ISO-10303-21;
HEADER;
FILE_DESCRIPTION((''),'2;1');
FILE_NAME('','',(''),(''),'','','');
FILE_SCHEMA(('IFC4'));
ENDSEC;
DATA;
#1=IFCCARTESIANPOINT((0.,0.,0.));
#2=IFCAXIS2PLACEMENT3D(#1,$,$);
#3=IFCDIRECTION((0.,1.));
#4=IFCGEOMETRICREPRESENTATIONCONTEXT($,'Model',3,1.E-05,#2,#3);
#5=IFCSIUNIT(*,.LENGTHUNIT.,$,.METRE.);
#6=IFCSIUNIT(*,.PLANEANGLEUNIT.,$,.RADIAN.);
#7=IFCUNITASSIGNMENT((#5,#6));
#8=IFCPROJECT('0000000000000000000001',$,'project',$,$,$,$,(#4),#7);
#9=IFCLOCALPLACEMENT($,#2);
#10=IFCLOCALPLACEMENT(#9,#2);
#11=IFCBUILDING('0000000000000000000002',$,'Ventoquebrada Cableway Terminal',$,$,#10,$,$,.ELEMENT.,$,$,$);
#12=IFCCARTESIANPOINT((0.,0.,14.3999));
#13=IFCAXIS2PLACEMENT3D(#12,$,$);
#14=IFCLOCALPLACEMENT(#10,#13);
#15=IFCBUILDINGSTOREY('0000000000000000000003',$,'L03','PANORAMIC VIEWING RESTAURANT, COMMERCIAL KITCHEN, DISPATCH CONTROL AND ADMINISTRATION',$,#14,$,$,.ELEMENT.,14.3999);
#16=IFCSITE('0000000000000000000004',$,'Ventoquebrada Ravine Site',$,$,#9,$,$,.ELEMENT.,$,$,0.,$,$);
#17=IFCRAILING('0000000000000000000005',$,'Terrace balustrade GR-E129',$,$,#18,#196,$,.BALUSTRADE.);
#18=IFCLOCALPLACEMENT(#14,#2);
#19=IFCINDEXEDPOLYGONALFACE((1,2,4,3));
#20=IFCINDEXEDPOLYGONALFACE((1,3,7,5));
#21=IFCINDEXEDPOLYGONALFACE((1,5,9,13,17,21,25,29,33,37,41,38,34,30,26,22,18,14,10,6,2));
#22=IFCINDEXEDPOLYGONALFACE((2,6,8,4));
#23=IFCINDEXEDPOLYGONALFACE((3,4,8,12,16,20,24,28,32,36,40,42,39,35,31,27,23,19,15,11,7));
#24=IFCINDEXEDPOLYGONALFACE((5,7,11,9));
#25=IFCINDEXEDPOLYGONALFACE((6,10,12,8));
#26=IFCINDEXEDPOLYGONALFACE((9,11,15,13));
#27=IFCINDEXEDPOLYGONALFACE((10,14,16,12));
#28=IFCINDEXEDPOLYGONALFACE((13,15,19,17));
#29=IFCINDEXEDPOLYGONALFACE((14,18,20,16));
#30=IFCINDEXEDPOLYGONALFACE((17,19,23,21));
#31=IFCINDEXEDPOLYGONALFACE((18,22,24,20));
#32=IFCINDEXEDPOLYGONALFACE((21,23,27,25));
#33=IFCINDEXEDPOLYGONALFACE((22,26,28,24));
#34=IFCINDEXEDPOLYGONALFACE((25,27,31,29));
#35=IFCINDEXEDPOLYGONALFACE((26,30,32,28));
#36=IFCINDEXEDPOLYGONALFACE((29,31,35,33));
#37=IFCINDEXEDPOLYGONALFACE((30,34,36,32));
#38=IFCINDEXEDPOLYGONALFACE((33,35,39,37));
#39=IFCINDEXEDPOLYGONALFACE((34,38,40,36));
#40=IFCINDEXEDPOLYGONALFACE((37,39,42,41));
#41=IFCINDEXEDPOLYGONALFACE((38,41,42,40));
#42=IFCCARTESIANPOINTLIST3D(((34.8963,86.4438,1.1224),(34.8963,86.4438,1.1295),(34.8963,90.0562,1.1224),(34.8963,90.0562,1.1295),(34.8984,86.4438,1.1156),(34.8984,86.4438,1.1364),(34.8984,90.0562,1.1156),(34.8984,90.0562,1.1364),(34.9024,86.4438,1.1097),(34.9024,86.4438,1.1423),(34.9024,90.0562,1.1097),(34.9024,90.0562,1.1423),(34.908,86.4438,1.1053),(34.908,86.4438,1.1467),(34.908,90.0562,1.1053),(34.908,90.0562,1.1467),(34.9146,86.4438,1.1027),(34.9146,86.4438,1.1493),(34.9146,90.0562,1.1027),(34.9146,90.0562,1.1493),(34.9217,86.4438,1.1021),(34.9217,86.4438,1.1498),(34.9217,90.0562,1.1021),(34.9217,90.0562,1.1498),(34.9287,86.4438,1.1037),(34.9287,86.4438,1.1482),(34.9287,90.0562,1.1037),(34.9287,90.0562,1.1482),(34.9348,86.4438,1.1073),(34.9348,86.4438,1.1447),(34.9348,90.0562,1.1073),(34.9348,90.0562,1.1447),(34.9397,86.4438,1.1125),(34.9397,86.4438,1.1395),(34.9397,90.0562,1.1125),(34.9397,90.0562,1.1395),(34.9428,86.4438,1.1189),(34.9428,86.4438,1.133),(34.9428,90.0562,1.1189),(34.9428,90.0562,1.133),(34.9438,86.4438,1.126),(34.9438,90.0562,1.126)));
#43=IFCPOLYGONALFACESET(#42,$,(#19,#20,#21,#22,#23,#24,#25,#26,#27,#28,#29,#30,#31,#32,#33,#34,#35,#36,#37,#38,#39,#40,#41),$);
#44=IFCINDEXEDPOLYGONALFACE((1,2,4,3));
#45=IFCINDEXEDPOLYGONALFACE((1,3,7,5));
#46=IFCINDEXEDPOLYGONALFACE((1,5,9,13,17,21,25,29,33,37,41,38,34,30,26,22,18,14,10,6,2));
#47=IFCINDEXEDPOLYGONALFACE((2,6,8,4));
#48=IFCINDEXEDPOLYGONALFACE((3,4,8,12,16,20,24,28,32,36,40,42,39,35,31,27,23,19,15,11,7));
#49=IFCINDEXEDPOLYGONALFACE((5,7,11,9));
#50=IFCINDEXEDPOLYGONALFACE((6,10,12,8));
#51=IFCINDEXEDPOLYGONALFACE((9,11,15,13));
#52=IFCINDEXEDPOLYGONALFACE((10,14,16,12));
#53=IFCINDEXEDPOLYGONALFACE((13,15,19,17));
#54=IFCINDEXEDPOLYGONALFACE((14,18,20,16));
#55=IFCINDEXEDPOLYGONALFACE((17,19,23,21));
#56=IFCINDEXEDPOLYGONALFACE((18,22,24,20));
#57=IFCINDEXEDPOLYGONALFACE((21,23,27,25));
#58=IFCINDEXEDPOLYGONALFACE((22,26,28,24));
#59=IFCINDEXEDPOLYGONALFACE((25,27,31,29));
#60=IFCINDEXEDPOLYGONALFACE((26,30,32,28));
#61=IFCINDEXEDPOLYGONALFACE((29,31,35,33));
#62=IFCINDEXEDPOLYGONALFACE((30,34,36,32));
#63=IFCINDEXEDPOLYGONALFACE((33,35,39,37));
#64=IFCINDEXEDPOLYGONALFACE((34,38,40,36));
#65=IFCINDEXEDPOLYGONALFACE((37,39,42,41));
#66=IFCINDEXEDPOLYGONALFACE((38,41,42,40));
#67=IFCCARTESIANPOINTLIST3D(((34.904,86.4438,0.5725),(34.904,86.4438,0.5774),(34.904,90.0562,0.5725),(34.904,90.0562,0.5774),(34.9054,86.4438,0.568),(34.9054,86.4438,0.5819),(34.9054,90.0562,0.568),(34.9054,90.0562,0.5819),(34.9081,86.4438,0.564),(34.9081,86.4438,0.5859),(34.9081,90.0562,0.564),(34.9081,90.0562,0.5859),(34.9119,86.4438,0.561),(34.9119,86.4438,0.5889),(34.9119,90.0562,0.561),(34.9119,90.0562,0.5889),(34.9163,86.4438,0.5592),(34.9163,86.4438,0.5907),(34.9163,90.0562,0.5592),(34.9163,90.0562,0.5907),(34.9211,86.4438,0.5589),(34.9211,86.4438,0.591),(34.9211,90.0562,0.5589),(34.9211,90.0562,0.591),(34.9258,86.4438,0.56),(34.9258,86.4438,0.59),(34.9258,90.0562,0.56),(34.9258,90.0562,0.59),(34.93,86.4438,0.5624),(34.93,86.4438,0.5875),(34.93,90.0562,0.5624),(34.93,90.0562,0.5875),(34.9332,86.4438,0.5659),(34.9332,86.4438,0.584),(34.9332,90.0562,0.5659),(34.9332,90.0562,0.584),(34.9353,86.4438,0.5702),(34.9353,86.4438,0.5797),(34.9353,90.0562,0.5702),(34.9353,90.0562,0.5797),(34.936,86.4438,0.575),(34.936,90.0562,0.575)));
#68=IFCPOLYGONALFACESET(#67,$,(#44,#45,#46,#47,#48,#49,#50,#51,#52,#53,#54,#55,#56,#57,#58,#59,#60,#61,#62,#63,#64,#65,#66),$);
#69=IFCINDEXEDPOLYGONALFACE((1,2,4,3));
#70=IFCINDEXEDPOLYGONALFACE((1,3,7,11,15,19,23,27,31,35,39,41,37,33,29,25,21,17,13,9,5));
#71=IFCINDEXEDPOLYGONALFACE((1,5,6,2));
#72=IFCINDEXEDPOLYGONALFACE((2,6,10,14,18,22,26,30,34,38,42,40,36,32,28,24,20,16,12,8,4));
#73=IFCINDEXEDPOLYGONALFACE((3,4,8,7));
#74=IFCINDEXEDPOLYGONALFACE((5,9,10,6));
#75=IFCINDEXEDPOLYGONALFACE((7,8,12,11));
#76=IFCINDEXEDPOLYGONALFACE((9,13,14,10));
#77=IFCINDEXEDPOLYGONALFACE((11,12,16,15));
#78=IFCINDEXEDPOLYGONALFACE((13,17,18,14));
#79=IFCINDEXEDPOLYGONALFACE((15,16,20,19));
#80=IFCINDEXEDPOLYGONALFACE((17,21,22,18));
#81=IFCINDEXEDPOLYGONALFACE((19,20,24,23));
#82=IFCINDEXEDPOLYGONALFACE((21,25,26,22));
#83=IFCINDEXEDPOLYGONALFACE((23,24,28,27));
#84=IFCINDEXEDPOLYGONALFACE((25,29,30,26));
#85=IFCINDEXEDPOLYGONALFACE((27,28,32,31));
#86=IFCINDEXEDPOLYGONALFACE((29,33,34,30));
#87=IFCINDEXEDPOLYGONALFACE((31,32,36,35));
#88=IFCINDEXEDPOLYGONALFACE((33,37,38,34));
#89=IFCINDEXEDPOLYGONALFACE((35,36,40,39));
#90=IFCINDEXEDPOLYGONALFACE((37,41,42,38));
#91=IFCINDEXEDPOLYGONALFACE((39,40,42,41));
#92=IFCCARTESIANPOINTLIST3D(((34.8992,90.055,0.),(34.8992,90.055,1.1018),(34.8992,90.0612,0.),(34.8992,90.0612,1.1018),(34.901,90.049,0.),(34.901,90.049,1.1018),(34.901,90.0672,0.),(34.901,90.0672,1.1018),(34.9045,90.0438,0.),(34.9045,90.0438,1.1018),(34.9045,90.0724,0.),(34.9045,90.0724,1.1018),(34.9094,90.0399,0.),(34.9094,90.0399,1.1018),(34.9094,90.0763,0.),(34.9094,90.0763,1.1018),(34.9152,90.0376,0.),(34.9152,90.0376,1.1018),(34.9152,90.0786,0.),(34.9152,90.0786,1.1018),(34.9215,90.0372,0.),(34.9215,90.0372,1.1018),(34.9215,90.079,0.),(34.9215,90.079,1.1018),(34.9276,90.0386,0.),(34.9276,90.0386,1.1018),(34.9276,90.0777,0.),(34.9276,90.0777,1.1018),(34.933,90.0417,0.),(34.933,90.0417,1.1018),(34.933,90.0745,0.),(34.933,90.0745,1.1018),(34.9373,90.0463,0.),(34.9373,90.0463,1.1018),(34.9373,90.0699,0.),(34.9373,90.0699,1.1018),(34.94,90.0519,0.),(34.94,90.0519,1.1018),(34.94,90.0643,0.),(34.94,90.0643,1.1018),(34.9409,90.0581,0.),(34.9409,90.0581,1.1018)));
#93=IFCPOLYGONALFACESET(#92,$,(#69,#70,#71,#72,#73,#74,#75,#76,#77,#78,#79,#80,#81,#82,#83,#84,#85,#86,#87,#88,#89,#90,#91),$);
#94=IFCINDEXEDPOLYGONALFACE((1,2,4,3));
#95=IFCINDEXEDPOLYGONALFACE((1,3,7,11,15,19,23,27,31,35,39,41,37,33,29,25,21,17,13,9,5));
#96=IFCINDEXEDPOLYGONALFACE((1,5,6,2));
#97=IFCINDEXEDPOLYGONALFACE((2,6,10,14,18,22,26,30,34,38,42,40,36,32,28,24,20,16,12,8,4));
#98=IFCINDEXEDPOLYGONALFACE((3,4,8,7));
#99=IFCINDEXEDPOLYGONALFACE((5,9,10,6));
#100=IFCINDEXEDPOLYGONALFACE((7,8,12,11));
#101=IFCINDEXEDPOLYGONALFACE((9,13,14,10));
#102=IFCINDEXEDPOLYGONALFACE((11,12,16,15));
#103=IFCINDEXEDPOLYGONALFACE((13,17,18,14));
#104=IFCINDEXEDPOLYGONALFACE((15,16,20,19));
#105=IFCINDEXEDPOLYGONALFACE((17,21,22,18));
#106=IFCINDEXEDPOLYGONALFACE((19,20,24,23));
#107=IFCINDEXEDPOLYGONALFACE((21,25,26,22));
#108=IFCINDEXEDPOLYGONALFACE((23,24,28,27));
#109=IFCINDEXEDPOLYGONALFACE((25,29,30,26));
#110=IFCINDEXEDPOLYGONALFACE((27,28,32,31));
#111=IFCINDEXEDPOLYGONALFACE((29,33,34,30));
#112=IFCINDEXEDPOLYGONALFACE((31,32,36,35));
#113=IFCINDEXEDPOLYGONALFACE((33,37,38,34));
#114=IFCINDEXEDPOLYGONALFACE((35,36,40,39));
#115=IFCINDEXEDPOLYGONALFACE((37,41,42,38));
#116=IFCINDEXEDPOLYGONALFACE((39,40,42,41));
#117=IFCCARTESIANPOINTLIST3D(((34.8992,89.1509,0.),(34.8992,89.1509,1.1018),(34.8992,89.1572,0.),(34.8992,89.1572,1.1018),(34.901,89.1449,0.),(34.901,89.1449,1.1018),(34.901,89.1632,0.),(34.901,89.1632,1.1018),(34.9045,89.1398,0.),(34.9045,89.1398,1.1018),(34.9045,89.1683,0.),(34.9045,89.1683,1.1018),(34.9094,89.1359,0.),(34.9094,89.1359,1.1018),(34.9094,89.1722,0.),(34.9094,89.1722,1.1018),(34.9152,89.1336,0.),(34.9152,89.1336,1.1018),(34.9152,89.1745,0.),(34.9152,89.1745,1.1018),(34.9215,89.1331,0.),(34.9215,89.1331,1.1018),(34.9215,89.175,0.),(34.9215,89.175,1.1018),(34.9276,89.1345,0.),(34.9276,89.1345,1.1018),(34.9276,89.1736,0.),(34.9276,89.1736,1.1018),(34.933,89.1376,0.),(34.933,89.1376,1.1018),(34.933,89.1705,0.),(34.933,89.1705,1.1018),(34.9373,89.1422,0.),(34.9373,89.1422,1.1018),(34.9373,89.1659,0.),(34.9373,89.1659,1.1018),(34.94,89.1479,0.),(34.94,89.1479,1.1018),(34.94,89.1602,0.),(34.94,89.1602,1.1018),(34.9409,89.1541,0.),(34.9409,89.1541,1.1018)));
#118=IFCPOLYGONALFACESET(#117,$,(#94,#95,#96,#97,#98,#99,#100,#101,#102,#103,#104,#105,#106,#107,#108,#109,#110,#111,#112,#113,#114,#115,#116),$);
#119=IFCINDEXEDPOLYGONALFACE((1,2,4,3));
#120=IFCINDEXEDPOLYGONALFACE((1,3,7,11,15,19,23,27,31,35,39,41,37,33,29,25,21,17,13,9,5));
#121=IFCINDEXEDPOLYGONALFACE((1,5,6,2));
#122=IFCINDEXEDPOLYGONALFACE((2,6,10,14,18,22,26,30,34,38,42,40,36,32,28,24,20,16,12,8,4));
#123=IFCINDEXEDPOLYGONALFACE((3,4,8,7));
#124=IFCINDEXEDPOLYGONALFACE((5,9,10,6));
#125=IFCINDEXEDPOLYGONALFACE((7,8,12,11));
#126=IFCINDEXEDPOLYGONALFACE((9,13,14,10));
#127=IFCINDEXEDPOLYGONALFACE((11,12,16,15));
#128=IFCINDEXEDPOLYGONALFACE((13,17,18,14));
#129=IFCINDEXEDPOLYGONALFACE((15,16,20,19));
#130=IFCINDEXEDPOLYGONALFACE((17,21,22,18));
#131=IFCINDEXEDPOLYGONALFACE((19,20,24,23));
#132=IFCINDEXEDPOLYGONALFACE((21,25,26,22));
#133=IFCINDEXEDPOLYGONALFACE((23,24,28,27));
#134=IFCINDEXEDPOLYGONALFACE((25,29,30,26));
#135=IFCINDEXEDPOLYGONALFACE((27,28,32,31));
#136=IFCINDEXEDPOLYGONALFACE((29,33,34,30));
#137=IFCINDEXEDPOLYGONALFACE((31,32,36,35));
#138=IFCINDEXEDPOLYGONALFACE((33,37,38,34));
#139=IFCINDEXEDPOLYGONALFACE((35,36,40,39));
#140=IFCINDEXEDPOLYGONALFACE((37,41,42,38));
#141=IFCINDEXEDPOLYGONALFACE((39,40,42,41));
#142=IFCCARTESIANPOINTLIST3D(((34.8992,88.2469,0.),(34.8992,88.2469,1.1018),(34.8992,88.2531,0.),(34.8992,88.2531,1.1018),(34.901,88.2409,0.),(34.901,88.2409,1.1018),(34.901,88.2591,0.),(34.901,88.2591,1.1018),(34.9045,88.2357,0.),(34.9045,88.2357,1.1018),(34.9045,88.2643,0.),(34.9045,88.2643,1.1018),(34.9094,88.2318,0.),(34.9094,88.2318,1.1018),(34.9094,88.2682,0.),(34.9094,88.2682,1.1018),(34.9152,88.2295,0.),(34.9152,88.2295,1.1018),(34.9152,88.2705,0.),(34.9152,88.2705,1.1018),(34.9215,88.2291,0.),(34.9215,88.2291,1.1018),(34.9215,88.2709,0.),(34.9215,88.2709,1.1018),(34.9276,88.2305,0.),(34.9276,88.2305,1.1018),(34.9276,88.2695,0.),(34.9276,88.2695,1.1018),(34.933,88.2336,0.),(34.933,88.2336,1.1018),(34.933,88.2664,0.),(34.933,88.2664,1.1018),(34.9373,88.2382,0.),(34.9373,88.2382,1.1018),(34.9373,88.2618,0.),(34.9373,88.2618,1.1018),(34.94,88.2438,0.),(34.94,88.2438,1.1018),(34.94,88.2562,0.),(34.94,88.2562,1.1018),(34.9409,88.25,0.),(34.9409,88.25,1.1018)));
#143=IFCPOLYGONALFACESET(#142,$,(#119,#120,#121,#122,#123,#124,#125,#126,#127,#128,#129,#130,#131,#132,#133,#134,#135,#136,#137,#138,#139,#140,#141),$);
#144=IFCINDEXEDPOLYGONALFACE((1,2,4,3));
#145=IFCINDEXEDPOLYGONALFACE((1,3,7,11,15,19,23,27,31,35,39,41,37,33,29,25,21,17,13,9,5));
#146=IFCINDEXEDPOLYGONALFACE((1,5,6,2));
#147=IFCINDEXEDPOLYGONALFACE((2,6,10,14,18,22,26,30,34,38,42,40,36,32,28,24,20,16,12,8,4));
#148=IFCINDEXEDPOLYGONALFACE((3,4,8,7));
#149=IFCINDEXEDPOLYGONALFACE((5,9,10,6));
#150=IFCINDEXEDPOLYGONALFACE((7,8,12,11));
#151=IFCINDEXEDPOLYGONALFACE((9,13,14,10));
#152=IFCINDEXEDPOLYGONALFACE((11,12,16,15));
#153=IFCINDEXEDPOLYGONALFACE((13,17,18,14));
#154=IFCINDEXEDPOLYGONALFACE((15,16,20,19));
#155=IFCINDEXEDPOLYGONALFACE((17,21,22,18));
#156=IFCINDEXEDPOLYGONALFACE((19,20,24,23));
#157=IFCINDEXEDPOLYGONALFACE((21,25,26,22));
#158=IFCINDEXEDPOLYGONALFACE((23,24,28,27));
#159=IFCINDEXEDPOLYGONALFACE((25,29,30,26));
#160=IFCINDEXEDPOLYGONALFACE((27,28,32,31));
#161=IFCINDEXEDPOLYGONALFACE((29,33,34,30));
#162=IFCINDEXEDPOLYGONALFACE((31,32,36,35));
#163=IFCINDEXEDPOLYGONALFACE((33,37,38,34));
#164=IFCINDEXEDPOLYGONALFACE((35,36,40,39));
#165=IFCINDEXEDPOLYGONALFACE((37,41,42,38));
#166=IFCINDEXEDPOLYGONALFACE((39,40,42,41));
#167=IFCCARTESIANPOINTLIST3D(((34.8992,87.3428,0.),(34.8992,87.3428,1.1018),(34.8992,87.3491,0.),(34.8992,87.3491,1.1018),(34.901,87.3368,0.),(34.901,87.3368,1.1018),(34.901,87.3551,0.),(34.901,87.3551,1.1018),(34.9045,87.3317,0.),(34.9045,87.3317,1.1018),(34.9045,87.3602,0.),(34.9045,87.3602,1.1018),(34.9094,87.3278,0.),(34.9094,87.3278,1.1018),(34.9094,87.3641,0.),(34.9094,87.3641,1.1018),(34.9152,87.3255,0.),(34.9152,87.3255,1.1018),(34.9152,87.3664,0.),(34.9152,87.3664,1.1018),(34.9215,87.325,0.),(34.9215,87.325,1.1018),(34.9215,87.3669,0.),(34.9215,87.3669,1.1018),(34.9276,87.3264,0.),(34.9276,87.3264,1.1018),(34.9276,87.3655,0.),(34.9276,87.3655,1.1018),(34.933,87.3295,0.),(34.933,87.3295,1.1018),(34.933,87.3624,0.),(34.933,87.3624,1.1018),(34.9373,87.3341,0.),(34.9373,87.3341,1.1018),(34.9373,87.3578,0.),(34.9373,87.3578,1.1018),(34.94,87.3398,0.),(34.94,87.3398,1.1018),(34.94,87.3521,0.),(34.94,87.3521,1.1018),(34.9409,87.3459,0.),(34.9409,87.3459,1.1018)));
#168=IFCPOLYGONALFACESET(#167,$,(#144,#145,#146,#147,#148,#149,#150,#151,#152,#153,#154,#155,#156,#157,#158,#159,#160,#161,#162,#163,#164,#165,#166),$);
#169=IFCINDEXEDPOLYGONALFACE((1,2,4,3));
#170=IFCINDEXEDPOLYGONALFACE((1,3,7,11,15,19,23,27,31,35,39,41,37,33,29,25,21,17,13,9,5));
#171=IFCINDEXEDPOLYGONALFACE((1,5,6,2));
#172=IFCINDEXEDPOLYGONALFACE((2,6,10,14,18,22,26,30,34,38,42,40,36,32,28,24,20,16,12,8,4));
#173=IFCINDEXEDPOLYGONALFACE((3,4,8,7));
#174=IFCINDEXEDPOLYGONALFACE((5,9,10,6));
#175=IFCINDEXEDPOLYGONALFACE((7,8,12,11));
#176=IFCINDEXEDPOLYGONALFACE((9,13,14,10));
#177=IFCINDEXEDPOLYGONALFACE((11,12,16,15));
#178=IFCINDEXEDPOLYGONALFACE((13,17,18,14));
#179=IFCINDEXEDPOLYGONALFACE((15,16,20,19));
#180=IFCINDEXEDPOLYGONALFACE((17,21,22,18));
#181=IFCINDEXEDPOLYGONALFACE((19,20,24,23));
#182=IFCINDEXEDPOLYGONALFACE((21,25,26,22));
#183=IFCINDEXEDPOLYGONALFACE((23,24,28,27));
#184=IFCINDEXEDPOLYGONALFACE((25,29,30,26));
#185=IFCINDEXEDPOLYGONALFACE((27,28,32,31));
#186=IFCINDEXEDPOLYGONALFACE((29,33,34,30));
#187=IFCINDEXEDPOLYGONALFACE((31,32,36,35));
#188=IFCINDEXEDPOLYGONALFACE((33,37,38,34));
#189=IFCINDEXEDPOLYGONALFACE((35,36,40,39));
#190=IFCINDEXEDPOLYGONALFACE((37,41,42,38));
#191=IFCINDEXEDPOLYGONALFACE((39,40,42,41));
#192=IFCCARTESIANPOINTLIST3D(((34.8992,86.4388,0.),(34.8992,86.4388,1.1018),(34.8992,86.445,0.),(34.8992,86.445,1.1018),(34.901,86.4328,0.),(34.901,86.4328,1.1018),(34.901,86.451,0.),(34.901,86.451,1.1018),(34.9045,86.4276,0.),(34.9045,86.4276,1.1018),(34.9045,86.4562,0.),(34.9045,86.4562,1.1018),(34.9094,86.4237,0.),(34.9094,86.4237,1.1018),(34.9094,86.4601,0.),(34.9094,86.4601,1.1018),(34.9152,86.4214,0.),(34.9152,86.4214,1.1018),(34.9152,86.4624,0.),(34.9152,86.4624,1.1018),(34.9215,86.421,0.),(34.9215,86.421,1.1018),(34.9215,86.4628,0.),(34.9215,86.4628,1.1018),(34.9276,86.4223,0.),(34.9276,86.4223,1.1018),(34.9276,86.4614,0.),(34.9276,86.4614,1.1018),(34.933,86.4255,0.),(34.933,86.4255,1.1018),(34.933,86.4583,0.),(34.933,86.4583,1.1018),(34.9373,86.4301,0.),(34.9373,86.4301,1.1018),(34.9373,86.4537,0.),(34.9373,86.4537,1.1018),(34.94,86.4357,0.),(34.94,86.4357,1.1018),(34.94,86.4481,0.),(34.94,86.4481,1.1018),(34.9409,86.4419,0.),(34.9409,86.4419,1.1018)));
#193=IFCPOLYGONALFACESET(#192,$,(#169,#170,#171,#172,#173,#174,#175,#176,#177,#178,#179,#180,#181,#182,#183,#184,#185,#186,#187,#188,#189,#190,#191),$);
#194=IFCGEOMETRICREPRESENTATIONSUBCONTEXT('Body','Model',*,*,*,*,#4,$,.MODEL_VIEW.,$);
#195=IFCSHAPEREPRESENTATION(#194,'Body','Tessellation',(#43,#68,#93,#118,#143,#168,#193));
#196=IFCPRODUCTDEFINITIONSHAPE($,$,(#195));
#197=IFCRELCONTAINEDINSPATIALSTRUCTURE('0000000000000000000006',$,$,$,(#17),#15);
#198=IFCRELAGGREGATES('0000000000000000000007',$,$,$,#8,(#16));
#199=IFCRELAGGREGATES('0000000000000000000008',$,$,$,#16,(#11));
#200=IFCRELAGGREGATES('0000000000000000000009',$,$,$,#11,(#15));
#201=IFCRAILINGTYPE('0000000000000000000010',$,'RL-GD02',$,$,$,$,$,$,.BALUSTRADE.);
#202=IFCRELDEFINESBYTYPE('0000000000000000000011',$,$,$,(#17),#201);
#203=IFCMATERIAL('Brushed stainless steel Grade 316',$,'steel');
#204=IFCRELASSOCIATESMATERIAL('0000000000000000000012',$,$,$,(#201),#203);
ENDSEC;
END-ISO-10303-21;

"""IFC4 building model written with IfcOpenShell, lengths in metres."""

from ifc_helpers import new_model, si_unit, direction, frame, origin, origin_2d, place, context, subcontext, project, spatial, circle, extrude, material, type_object, element, save


model = new_model("IFC4")

# Units and contexts
model_context = context("Model", 3, precision=1e-05, world=origin(), true_north=direction((0.0, 1.0)))
body_context = subcontext(model_context, "Body", "Model", "MODEL_VIEW")
ifc_project = project(units=[si_unit("LENGTHUNIT", "METRE"), si_unit("PLANEANGLEUNIT", "RADIAN")], contexts=[model_context])

# Site, building, storey
site_placement = place(None, origin())
site = spatial("IfcSite", under=ifc_project, at=site_placement, Name="Ventoquebrada Ravine Site", CompositionType="ELEMENT", RefElevation=0.0)
building_placement = place(site_placement, origin())
building = spatial("IfcBuilding", under=site, at=building_placement, Name="Ventoquebrada Cableway Terminal", CompositionType="ELEMENT")
storey_placement = place(building_placement, frame((0.0, 0.0, 14.3999)))
storey = spatial("IfcBuildingStorey", under=building, at=storey_placement, Name="L03", Description="PANORAMIC VIEWING RESTAURANT, COMMERCIAL KITCHEN, DISPATCH CONTROL AND ADMINISTRATION", CompositionType="ELEMENT", Elevation=14.3999)

# Railing
ifc_material_1 = material(Name="Brushed stainless steel Grade 316", Category="steel")
railing_type_1 = type_object("IfcRailingType", Name="RL-GD02", PredefinedType="BALUSTRADE", material=ifc_material_1)
for number, where, name in (
    (1, (34.9199, 90.0581, 0.0), "Terrace balustrade GR-E129"),
):
    element("IfcRailing", number, at=place(storey_placement, frame(where)), inside=storey, type_object=railing_type_1, Name=name, PredefinedType="BALUSTRADE", context=body_context, shape_type="SweptSolid", body=[
        extrude(circle(Radius=0.0239, at=origin_2d()), frame((0.0, -0.002, 1.126), z_axis=(0.0, -1.0, 0.0), x_axis=(1.0, 0.0, 0.0)), (0.0, 0.0, 1.0), 3.6123),
        extrude(circle(Radius=0.0161, at=origin_2d()), frame((0.0, -0.002, 0.575), z_axis=(0.0, -1.0, 0.0), x_axis=(1.0, 0.0, 0.0)), (0.0, 0.0, 1.0), 3.6123),
        extrude(circle(Radius=0.021, at=origin_2d()), origin(), (0.0, 0.0, 1.0), 1.1018),
        extrude(circle(Radius=0.021, at=origin_2d()), frame((0.0, -0.9041, 0.0)), (0.0, 0.0, 1.0), 1.1018),
        extrude(circle(Radius=0.021, at=origin_2d()), frame((0.0, -1.8081, 0.0)), (0.0, 0.0, 1.0), 1.1018),
        extrude(circle(Radius=0.021, at=origin_2d()), frame((0.0, -2.7122, 0.0)), (0.0, 0.0, 1.0), 1.1018),
        extrude(circle(Radius=0.021, at=origin_2d()), frame((0.0, -3.6162, 0.0)), (0.0, 0.0, 1.0), 1.1018),
    ])

save(model, "model.ifc")
